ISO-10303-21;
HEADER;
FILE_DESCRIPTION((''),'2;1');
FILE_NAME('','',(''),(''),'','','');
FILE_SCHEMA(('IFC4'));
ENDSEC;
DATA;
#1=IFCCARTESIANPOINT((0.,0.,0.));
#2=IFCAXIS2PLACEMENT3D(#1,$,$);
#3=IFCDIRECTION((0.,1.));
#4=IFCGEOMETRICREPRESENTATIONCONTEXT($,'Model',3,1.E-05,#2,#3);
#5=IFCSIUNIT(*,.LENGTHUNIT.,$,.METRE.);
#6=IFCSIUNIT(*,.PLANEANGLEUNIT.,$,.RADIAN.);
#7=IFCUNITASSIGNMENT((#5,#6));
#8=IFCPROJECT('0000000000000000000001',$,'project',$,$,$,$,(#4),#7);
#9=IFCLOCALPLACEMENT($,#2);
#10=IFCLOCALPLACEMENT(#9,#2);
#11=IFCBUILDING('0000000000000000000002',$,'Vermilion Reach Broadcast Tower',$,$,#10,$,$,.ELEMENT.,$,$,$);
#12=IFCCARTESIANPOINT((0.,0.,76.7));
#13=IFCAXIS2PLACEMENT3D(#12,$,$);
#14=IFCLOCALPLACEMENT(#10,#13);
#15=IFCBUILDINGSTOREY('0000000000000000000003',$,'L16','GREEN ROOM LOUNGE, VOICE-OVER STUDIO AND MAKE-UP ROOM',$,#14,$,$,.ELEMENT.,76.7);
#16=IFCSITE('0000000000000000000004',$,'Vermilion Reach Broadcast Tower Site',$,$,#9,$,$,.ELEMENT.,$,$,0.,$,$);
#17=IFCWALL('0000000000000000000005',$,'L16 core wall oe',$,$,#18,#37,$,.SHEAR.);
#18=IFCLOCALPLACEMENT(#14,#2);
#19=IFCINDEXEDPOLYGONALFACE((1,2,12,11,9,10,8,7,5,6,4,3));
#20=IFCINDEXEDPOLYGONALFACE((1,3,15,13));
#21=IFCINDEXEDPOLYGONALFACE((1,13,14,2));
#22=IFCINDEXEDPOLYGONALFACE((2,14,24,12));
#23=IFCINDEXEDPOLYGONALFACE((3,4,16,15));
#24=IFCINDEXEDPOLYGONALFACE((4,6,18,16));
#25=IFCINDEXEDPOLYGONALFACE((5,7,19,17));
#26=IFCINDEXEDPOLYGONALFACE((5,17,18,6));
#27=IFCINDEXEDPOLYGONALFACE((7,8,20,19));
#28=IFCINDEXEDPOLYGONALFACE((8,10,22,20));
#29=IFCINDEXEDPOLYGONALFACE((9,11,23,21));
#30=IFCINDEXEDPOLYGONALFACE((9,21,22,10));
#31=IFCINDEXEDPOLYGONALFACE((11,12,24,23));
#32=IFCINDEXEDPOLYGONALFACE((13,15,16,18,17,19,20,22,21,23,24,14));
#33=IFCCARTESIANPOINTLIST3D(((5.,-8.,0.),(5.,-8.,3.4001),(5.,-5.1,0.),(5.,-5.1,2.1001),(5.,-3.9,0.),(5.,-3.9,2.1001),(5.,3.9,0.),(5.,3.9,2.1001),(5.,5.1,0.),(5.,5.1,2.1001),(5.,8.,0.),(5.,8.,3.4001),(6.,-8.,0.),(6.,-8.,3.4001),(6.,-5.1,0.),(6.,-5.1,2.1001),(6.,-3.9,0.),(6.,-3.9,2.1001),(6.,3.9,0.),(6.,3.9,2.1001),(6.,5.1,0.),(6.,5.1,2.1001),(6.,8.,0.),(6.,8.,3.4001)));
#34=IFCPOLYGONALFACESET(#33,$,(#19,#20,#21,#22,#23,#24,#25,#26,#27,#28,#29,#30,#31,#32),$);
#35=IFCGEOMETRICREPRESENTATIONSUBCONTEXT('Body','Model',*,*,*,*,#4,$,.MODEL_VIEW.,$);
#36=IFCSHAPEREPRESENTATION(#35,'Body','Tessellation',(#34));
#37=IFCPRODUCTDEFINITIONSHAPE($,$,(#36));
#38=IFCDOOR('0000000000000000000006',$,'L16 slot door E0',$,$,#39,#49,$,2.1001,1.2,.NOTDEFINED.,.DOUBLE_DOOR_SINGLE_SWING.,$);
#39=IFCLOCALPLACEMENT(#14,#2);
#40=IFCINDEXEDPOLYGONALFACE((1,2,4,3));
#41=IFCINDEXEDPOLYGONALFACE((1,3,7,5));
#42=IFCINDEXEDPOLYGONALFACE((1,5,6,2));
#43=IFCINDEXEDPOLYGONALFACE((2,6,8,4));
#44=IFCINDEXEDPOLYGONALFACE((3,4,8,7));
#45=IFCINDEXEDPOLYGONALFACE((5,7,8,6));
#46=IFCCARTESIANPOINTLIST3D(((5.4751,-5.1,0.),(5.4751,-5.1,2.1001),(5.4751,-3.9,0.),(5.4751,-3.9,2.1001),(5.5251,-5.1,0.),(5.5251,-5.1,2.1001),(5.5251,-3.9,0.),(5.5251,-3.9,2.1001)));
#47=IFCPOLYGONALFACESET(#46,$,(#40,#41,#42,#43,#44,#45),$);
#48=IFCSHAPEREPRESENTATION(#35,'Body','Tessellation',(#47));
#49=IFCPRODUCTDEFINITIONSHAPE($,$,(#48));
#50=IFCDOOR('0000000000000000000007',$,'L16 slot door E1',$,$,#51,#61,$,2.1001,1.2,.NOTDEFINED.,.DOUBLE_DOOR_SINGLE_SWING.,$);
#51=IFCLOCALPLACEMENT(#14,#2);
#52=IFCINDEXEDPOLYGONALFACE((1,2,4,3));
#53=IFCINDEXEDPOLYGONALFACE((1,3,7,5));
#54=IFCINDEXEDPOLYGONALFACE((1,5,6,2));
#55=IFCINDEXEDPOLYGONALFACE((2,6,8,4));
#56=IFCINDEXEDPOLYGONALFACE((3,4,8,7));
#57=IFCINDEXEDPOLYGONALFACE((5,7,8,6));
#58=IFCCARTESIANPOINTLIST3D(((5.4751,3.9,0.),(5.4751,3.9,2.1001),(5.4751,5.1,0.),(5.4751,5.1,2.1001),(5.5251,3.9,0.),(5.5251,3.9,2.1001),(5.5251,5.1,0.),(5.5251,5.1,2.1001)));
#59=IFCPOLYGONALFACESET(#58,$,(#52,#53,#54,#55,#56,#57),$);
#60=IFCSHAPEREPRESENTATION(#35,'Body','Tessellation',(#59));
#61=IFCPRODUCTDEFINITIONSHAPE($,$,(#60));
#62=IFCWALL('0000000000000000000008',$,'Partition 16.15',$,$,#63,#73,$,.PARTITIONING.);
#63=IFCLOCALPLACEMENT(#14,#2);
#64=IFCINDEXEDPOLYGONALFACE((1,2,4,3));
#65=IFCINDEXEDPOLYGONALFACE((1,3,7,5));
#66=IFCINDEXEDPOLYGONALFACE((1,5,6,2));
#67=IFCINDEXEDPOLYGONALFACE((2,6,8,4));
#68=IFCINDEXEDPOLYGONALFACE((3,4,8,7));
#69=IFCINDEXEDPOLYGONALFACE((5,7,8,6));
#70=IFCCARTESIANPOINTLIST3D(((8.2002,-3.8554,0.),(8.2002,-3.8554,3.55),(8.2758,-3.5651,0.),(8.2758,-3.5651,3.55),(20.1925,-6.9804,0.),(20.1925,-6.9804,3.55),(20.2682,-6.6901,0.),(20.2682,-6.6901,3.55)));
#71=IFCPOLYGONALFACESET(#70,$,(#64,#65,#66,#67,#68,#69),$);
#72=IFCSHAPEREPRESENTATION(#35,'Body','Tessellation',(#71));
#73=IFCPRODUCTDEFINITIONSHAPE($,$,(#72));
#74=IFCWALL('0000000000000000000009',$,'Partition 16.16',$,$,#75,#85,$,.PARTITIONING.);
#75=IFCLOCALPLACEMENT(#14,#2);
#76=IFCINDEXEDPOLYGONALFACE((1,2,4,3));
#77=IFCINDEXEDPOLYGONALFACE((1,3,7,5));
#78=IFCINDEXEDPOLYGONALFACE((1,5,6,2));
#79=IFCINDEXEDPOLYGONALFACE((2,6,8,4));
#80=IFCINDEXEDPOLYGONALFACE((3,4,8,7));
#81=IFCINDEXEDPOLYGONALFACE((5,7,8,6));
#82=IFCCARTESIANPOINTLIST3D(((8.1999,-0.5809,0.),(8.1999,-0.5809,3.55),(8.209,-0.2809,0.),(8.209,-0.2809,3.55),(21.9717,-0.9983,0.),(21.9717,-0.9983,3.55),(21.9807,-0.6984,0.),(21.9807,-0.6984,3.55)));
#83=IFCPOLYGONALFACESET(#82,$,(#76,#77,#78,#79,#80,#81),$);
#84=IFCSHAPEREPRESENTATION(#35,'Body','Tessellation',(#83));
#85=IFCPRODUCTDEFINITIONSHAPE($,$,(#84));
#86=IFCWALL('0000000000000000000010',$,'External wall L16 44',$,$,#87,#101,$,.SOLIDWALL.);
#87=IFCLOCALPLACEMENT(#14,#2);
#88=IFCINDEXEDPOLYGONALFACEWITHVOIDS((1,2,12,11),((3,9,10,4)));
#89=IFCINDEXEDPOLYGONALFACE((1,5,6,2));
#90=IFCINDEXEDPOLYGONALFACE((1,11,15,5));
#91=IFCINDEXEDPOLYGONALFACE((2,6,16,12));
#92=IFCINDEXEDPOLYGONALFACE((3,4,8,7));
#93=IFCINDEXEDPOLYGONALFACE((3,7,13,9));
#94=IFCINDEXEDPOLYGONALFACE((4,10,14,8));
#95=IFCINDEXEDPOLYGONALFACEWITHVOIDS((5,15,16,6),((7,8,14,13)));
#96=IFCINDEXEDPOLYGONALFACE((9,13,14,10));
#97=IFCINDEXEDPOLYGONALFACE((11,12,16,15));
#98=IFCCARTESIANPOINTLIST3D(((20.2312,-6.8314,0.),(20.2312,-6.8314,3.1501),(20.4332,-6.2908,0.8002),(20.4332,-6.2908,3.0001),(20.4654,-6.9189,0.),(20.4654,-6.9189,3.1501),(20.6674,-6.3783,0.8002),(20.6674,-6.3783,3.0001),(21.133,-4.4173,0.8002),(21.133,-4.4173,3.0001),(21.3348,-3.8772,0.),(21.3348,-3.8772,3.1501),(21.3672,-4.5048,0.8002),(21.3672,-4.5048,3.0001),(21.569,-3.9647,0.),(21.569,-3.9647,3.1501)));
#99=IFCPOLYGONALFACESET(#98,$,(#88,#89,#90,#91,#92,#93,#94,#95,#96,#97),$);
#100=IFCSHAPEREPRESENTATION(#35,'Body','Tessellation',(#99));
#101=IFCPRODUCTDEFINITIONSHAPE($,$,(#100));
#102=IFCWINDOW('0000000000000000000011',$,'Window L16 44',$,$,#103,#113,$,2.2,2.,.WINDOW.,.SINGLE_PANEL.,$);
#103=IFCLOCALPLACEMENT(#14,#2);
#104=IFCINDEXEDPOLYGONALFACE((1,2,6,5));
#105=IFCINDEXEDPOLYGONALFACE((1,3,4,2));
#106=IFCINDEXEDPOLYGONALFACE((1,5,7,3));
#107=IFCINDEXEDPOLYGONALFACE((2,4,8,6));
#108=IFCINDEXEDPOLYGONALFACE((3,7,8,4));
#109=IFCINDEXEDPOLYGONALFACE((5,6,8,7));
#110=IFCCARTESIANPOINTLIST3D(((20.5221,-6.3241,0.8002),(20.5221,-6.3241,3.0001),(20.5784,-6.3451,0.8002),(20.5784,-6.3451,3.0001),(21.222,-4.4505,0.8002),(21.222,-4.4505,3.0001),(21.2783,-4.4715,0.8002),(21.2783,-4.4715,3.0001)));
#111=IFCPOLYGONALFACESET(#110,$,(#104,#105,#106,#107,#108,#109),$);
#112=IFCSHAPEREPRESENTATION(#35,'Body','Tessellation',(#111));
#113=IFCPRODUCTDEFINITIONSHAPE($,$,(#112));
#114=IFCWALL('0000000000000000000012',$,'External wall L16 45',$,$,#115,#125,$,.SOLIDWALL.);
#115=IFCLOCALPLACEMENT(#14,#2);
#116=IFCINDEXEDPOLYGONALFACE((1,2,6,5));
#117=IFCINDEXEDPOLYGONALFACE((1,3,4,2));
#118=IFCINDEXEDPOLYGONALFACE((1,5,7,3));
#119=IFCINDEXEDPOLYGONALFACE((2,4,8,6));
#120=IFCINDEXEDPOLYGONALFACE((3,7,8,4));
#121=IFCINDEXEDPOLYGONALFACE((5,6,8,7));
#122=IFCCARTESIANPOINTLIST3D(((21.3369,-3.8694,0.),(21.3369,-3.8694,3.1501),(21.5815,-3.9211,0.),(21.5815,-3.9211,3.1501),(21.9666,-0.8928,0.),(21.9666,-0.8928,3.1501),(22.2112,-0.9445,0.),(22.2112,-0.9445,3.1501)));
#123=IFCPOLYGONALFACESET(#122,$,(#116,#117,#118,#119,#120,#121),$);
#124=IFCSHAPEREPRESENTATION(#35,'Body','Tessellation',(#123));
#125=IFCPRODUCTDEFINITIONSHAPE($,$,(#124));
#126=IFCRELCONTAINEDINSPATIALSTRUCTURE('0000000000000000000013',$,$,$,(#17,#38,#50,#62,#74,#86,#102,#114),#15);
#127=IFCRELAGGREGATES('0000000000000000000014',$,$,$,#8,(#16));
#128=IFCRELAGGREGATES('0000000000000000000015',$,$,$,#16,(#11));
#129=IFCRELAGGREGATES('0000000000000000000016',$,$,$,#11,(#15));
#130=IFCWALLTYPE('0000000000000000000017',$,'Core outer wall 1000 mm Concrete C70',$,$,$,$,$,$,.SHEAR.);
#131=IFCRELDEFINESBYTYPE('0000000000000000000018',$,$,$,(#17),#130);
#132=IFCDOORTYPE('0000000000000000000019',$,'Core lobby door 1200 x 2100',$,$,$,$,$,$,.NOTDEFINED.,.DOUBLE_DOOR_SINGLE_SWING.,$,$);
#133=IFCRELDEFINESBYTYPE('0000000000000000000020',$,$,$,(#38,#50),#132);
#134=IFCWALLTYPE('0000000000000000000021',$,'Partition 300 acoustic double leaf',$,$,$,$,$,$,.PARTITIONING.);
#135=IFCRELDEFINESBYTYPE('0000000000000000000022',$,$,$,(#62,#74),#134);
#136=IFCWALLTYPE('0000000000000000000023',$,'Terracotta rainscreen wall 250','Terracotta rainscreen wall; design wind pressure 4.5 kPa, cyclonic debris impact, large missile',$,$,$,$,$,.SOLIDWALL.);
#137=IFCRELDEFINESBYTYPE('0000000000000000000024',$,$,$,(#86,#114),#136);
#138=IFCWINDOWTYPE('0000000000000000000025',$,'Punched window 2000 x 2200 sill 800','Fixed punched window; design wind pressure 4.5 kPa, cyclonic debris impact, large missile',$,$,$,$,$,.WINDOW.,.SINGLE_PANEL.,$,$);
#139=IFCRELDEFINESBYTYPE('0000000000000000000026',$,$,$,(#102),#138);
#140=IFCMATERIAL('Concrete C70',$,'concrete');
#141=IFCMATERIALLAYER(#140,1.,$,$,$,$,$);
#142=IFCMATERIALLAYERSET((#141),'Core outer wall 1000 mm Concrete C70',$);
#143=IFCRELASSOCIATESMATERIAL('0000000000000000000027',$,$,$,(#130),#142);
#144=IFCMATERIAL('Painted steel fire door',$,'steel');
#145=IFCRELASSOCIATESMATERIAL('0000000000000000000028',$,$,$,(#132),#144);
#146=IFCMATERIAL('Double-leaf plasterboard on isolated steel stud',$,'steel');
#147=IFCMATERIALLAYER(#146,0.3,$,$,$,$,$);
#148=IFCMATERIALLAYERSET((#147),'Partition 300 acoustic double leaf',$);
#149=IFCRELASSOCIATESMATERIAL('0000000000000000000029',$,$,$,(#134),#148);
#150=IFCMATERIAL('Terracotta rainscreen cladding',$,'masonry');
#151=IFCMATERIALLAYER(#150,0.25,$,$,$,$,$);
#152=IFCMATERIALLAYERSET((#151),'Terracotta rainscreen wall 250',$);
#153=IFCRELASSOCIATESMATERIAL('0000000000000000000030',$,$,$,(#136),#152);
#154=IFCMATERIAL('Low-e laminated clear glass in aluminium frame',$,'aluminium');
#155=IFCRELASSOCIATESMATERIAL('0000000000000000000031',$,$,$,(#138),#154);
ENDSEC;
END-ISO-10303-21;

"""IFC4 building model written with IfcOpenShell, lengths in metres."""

from ifc_helpers import new_model, si_unit, direction, frame, frame_2d, origin, place, context, subcontext, project, spatial, rectangle, extrude, material, layer, layer_set, type_object, element, fill, save


model = new_model("IFC4")

# Units and contexts
model_context = context("Model", 3, precision=1e-05, world=origin(), true_north=direction((0.0, 1.0)))
body_context = subcontext(model_context, "Body", "Model", "MODEL_VIEW")
ifc_project = project(units=[si_unit("LENGTHUNIT", "METRE"), si_unit("PLANEANGLEUNIT", "RADIAN")], contexts=[model_context])

# Site, building, storey
site_placement = place(None, origin())
site = spatial("IfcSite", under=ifc_project, at=site_placement, Name="Vermilion Reach Broadcast Tower Site", CompositionType="ELEMENT", RefElevation=0.0)
building_placement = place(site_placement, origin())
building = spatial("IfcBuilding", under=site, at=building_placement, Name="Vermilion Reach Broadcast Tower", CompositionType="ELEMENT")
storey_placement = place(building_placement, frame((0.0, 0.0, 76.7)))
storey = spatial("IfcBuildingStorey", under=building, at=storey_placement, Name="L16", Description="GREEN ROOM LOUNGE, VOICE-OVER STUDIO AND MAKE-UP ROOM", CompositionType="ELEMENT", Elevation=76.7)

# Wall, openings, doors
ifc_material_1 = material(Name="Concrete C70", Category="concrete")
ifc_layer_1 = layer(ifc_material_1, 1.0)
ifc_layer_set_1 = layer_set([ifc_layer_1], Name="Core outer wall 1000 mm Concrete C70")
wall_type_1 = type_object("IfcWallType", Name="Core outer wall 1000 mm Concrete C70", PredefinedType="SHEAR", material=ifc_layer_set_1)
wall_1_placement = place(storey_placement, frame((5.5, -8.0, 0.0), z_axis=(0.0, 0.0, 1.0), x_axis=(0.0, 1.0, 0.0)))
wall_1 = element("IfcWall", 1, at=wall_1_placement, inside=storey, type_object=wall_type_1, Name="L16 core wall oe", PredefinedType="SHEAR", context=body_context, shape_type="SweptSolid", body=[
    extrude(rectangle(XDim=16.0, YDim=1.0, at=frame_2d((8.0, 0.0))), origin(), (0.0, 0.0, 1.0), 3.4001),
])
opening_1_placement = place(wall_1_placement, frame((2.8999, 0.0, 0.0)))
opening_1 = element("IfcOpeningElement", 2, at=opening_1_placement, cuts=wall_1, PredefinedType="OPENING", context=body_context, shape_type="SweptSolid", body=[
    extrude(rectangle(XDim=1.2, YDim=2.1001, at=frame_2d((0.6001, 1.05))), frame((0.0, 0.51, 0.0), z_axis=(0.0, -1.0, 0.0), x_axis=(1.0, 0.0, 0.0)), (0.0, 0.0, 1.0), 1.02),
])
opening_2_placement = place(wall_1_placement, frame((11.8999, 0.0, 0.0)))
opening_2 = element("IfcOpeningElement", 3, at=opening_2_placement, cuts=wall_1, PredefinedType="OPENING", context=body_context, shape_type="SweptSolid", body=[
    extrude(rectangle(XDim=1.2, YDim=2.1001, at=frame_2d((0.6001, 1.05))), frame((0.0, 0.51, 0.0), z_axis=(0.0, -1.0, 0.0), x_axis=(1.0, 0.0, 0.0)), (0.0, 0.0, 1.0), 1.02),
])
ifc_material_2 = material(Name="Painted steel fire door", Category="steel")
door_type_1 = type_object("IfcDoorType", Name="Core lobby door 1200 x 2100", OperationType="DOUBLE_DOOR_SINGLE_SWING", PredefinedType="NOTDEFINED", material=ifc_material_2)
door_1_placement = place(opening_1_placement, origin())
door_1 = element("IfcDoor", 4, at=door_1_placement, inside=storey, type_object=door_type_1, Name="L16 slot door E0", OperationType="DOUBLE_DOOR_SINGLE_SWING", OverallHeight=2.1001, OverallWidth=1.2, PredefinedType="NOTDEFINED", context=body_context, shape_type="SweptSolid", body=[
    extrude(rectangle(XDim=1.2, YDim=2.1001, at=frame_2d((0.6001, 1.05))), frame((0.0, 0.0249, 0.0), z_axis=(0.0, -1.0, 0.0), x_axis=(1.0, 0.0, 0.0)), (0.0, 0.0, 1.0), 0.05),
])
fill(opening_1, door_1)
door_2_placement = place(opening_2_placement, origin())
door_2 = element("IfcDoor", 5, at=door_2_placement, inside=storey, type_object=door_type_1, Name="L16 slot door E1", OperationType="DOUBLE_DOOR_SINGLE_SWING", OverallHeight=2.1001, OverallWidth=1.2, PredefinedType="NOTDEFINED", context=body_context, shape_type="SweptSolid", body=[
    extrude(rectangle(XDim=1.2, YDim=2.1001, at=frame_2d((0.6001, 1.05))), frame((0.0, 0.0249, 0.0), z_axis=(0.0, -1.0, 0.0), x_axis=(1.0, 0.0, 0.0)), (0.0, 0.0, 1.0), 0.05),
])
fill(opening_2, door_2)

# Walls
ifc_material_3 = material(Name="Double-leaf plasterboard on isolated steel stud", Category="steel")
ifc_layer_2 = layer(ifc_material_3, 0.3)
ifc_layer_set_2 = layer_set([ifc_layer_2], Name="Partition 300 acoustic double leaf")
wall_type_2 = type_object("IfcWallType", Name="Partition 300 acoustic double leaf", PredefinedType="PARTITIONING", material=ifc_layer_set_2)
wall_2_placement = place(storey_placement, frame((20.2302, -6.8352, 0.0), z_axis=(0.0, 0.0, 1.0), x_axis=(-0.967685, 0.25216, 0.0)))
element("IfcWall", 6, at=wall_2_placement, inside=storey, type_object=wall_type_2, Name="Partition 16.15", PredefinedType="PARTITIONING", context=body_context, shape_type="SweptSolid", body=[
    extrude(rectangle(XDim=12.3928, YDim=0.3, at=frame_2d((6.1963, 0.0))), origin(), (0.0, 0.0, 1.0), 3.55),
])
wall_3_placement = place(storey_placement, frame((21.9763, -0.8484, 0.0), z_axis=(0.0, 0.0, 1.0), x_axis=(-0.999541, 0.0303, 0.0)))
element("IfcWall", 7, at=wall_3_placement, inside=storey, type_object=wall_type_2, Name="Partition 16.16", PredefinedType="PARTITIONING", context=body_context, shape_type="SweptSolid", body=[
    extrude(rectangle(XDim=13.7781, YDim=0.3, at=frame_2d((6.8892, 0.0))), origin(), (0.0, 0.0, 1.0), 3.55),
])

# Shared definitions
ifc_material_4 = material(Name="Terracotta rainscreen cladding", Category="masonry")
ifc_layer_3 = layer(ifc_material_4, 0.25)
ifc_layer_set_3 = layer_set([ifc_layer_3], Name="Terracotta rainscreen wall 250")
wall_type_3 = type_object("IfcWallType", Name="Terracotta rainscreen wall 250", Description="Terracotta rainscreen wall; design wind pressure 4.5 kPa, cyclonic debris impact, large missile", PredefinedType="SOLIDWALL", material=ifc_layer_set_3)

# Wall, opening, window
wall_4_placement = place(storey_placement, frame((20.3484, -6.875, 0.0), z_axis=(0.0, 0.0, 1.0), x_axis=(0.349935, 0.936774, 0.0)))
wall_4 = element("IfcWall", 8, at=wall_4_placement, inside=storey, type_object=wall_type_3, Name="External wall L16 44", PredefinedType="SOLIDWALL", context=body_context, shape_type="SweptSolid", body=[
    extrude(rectangle(XDim=3.1536, YDim=0.25, at=frame_2d((1.5767, 0.0))), origin(), (0.0, 0.0, 1.0), 3.1501),
])
opening_3_placement = place(wall_4_placement, frame((0.5769, 0.0, 0.8)))
opening_3 = element("IfcOpeningElement", 9, at=opening_3_placement, cuts=wall_4, PredefinedType="OPENING", context=body_context, shape_type="SweptSolid", body=[
    extrude(rectangle(XDim=2.0, YDim=2.2, at=frame_2d((1.0, 1.1001))), frame((0.0, 0.135, 0.0), z_axis=(0.0, -1.0, 0.0), x_axis=(1.0, 0.0, 0.0)), (0.0, 0.0, 1.0), 0.27),
])
ifc_material_5 = material(Name="Low-e laminated clear glass in aluminium frame", Category="aluminium")
window_type = type_object("IfcWindowType", Name="Punched window 2000 x 2200 sill 800", Description="Fixed punched window; design wind pressure 4.5 kPa, cyclonic debris impact, large missile", PartitioningType="SINGLE_PANEL", PredefinedType="WINDOW", material=ifc_material_5)
window_placement = place(opening_3_placement, origin())
window = element("IfcWindow", 10, at=window_placement, inside=storey, type_object=window_type, Name="Window L16 44", OverallHeight=2.2, OverallWidth=2.0, PartitioningType="SINGLE_PANEL", PredefinedType="WINDOW", context=body_context, shape_type="SweptSolid", body=[
    extrude(rectangle(XDim=2.0, YDim=2.2, at=frame_2d((1.0, 1.1001))), frame((0.0, 0.03, 0.0), z_axis=(0.0, -1.0, 0.0), x_axis=(1.0, 0.0, 0.0)), (0.0, 0.0, 1.0), 0.0601),
])
fill(opening_3, window)

# Wall
wall_5_placement = place(storey_placement, frame((21.4592, -3.8953, 0.0), z_axis=(0.0, 0.0, 1.0), x_axis=(0.206953, 0.978351, 0.0)))
element("IfcWall", 11, at=wall_5_placement, inside=storey, type_object=wall_type_3, Name="External wall L16 45", PredefinedType="SOLIDWALL", context=body_context, shape_type="SweptSolid", body=[
    extrude(rectangle(XDim=3.0425, YDim=0.25, at=frame_2d((1.5212, 0.0))), origin(), (0.0, 0.0, 1.0), 3.1501),
])

save(model, "model.ifc")
